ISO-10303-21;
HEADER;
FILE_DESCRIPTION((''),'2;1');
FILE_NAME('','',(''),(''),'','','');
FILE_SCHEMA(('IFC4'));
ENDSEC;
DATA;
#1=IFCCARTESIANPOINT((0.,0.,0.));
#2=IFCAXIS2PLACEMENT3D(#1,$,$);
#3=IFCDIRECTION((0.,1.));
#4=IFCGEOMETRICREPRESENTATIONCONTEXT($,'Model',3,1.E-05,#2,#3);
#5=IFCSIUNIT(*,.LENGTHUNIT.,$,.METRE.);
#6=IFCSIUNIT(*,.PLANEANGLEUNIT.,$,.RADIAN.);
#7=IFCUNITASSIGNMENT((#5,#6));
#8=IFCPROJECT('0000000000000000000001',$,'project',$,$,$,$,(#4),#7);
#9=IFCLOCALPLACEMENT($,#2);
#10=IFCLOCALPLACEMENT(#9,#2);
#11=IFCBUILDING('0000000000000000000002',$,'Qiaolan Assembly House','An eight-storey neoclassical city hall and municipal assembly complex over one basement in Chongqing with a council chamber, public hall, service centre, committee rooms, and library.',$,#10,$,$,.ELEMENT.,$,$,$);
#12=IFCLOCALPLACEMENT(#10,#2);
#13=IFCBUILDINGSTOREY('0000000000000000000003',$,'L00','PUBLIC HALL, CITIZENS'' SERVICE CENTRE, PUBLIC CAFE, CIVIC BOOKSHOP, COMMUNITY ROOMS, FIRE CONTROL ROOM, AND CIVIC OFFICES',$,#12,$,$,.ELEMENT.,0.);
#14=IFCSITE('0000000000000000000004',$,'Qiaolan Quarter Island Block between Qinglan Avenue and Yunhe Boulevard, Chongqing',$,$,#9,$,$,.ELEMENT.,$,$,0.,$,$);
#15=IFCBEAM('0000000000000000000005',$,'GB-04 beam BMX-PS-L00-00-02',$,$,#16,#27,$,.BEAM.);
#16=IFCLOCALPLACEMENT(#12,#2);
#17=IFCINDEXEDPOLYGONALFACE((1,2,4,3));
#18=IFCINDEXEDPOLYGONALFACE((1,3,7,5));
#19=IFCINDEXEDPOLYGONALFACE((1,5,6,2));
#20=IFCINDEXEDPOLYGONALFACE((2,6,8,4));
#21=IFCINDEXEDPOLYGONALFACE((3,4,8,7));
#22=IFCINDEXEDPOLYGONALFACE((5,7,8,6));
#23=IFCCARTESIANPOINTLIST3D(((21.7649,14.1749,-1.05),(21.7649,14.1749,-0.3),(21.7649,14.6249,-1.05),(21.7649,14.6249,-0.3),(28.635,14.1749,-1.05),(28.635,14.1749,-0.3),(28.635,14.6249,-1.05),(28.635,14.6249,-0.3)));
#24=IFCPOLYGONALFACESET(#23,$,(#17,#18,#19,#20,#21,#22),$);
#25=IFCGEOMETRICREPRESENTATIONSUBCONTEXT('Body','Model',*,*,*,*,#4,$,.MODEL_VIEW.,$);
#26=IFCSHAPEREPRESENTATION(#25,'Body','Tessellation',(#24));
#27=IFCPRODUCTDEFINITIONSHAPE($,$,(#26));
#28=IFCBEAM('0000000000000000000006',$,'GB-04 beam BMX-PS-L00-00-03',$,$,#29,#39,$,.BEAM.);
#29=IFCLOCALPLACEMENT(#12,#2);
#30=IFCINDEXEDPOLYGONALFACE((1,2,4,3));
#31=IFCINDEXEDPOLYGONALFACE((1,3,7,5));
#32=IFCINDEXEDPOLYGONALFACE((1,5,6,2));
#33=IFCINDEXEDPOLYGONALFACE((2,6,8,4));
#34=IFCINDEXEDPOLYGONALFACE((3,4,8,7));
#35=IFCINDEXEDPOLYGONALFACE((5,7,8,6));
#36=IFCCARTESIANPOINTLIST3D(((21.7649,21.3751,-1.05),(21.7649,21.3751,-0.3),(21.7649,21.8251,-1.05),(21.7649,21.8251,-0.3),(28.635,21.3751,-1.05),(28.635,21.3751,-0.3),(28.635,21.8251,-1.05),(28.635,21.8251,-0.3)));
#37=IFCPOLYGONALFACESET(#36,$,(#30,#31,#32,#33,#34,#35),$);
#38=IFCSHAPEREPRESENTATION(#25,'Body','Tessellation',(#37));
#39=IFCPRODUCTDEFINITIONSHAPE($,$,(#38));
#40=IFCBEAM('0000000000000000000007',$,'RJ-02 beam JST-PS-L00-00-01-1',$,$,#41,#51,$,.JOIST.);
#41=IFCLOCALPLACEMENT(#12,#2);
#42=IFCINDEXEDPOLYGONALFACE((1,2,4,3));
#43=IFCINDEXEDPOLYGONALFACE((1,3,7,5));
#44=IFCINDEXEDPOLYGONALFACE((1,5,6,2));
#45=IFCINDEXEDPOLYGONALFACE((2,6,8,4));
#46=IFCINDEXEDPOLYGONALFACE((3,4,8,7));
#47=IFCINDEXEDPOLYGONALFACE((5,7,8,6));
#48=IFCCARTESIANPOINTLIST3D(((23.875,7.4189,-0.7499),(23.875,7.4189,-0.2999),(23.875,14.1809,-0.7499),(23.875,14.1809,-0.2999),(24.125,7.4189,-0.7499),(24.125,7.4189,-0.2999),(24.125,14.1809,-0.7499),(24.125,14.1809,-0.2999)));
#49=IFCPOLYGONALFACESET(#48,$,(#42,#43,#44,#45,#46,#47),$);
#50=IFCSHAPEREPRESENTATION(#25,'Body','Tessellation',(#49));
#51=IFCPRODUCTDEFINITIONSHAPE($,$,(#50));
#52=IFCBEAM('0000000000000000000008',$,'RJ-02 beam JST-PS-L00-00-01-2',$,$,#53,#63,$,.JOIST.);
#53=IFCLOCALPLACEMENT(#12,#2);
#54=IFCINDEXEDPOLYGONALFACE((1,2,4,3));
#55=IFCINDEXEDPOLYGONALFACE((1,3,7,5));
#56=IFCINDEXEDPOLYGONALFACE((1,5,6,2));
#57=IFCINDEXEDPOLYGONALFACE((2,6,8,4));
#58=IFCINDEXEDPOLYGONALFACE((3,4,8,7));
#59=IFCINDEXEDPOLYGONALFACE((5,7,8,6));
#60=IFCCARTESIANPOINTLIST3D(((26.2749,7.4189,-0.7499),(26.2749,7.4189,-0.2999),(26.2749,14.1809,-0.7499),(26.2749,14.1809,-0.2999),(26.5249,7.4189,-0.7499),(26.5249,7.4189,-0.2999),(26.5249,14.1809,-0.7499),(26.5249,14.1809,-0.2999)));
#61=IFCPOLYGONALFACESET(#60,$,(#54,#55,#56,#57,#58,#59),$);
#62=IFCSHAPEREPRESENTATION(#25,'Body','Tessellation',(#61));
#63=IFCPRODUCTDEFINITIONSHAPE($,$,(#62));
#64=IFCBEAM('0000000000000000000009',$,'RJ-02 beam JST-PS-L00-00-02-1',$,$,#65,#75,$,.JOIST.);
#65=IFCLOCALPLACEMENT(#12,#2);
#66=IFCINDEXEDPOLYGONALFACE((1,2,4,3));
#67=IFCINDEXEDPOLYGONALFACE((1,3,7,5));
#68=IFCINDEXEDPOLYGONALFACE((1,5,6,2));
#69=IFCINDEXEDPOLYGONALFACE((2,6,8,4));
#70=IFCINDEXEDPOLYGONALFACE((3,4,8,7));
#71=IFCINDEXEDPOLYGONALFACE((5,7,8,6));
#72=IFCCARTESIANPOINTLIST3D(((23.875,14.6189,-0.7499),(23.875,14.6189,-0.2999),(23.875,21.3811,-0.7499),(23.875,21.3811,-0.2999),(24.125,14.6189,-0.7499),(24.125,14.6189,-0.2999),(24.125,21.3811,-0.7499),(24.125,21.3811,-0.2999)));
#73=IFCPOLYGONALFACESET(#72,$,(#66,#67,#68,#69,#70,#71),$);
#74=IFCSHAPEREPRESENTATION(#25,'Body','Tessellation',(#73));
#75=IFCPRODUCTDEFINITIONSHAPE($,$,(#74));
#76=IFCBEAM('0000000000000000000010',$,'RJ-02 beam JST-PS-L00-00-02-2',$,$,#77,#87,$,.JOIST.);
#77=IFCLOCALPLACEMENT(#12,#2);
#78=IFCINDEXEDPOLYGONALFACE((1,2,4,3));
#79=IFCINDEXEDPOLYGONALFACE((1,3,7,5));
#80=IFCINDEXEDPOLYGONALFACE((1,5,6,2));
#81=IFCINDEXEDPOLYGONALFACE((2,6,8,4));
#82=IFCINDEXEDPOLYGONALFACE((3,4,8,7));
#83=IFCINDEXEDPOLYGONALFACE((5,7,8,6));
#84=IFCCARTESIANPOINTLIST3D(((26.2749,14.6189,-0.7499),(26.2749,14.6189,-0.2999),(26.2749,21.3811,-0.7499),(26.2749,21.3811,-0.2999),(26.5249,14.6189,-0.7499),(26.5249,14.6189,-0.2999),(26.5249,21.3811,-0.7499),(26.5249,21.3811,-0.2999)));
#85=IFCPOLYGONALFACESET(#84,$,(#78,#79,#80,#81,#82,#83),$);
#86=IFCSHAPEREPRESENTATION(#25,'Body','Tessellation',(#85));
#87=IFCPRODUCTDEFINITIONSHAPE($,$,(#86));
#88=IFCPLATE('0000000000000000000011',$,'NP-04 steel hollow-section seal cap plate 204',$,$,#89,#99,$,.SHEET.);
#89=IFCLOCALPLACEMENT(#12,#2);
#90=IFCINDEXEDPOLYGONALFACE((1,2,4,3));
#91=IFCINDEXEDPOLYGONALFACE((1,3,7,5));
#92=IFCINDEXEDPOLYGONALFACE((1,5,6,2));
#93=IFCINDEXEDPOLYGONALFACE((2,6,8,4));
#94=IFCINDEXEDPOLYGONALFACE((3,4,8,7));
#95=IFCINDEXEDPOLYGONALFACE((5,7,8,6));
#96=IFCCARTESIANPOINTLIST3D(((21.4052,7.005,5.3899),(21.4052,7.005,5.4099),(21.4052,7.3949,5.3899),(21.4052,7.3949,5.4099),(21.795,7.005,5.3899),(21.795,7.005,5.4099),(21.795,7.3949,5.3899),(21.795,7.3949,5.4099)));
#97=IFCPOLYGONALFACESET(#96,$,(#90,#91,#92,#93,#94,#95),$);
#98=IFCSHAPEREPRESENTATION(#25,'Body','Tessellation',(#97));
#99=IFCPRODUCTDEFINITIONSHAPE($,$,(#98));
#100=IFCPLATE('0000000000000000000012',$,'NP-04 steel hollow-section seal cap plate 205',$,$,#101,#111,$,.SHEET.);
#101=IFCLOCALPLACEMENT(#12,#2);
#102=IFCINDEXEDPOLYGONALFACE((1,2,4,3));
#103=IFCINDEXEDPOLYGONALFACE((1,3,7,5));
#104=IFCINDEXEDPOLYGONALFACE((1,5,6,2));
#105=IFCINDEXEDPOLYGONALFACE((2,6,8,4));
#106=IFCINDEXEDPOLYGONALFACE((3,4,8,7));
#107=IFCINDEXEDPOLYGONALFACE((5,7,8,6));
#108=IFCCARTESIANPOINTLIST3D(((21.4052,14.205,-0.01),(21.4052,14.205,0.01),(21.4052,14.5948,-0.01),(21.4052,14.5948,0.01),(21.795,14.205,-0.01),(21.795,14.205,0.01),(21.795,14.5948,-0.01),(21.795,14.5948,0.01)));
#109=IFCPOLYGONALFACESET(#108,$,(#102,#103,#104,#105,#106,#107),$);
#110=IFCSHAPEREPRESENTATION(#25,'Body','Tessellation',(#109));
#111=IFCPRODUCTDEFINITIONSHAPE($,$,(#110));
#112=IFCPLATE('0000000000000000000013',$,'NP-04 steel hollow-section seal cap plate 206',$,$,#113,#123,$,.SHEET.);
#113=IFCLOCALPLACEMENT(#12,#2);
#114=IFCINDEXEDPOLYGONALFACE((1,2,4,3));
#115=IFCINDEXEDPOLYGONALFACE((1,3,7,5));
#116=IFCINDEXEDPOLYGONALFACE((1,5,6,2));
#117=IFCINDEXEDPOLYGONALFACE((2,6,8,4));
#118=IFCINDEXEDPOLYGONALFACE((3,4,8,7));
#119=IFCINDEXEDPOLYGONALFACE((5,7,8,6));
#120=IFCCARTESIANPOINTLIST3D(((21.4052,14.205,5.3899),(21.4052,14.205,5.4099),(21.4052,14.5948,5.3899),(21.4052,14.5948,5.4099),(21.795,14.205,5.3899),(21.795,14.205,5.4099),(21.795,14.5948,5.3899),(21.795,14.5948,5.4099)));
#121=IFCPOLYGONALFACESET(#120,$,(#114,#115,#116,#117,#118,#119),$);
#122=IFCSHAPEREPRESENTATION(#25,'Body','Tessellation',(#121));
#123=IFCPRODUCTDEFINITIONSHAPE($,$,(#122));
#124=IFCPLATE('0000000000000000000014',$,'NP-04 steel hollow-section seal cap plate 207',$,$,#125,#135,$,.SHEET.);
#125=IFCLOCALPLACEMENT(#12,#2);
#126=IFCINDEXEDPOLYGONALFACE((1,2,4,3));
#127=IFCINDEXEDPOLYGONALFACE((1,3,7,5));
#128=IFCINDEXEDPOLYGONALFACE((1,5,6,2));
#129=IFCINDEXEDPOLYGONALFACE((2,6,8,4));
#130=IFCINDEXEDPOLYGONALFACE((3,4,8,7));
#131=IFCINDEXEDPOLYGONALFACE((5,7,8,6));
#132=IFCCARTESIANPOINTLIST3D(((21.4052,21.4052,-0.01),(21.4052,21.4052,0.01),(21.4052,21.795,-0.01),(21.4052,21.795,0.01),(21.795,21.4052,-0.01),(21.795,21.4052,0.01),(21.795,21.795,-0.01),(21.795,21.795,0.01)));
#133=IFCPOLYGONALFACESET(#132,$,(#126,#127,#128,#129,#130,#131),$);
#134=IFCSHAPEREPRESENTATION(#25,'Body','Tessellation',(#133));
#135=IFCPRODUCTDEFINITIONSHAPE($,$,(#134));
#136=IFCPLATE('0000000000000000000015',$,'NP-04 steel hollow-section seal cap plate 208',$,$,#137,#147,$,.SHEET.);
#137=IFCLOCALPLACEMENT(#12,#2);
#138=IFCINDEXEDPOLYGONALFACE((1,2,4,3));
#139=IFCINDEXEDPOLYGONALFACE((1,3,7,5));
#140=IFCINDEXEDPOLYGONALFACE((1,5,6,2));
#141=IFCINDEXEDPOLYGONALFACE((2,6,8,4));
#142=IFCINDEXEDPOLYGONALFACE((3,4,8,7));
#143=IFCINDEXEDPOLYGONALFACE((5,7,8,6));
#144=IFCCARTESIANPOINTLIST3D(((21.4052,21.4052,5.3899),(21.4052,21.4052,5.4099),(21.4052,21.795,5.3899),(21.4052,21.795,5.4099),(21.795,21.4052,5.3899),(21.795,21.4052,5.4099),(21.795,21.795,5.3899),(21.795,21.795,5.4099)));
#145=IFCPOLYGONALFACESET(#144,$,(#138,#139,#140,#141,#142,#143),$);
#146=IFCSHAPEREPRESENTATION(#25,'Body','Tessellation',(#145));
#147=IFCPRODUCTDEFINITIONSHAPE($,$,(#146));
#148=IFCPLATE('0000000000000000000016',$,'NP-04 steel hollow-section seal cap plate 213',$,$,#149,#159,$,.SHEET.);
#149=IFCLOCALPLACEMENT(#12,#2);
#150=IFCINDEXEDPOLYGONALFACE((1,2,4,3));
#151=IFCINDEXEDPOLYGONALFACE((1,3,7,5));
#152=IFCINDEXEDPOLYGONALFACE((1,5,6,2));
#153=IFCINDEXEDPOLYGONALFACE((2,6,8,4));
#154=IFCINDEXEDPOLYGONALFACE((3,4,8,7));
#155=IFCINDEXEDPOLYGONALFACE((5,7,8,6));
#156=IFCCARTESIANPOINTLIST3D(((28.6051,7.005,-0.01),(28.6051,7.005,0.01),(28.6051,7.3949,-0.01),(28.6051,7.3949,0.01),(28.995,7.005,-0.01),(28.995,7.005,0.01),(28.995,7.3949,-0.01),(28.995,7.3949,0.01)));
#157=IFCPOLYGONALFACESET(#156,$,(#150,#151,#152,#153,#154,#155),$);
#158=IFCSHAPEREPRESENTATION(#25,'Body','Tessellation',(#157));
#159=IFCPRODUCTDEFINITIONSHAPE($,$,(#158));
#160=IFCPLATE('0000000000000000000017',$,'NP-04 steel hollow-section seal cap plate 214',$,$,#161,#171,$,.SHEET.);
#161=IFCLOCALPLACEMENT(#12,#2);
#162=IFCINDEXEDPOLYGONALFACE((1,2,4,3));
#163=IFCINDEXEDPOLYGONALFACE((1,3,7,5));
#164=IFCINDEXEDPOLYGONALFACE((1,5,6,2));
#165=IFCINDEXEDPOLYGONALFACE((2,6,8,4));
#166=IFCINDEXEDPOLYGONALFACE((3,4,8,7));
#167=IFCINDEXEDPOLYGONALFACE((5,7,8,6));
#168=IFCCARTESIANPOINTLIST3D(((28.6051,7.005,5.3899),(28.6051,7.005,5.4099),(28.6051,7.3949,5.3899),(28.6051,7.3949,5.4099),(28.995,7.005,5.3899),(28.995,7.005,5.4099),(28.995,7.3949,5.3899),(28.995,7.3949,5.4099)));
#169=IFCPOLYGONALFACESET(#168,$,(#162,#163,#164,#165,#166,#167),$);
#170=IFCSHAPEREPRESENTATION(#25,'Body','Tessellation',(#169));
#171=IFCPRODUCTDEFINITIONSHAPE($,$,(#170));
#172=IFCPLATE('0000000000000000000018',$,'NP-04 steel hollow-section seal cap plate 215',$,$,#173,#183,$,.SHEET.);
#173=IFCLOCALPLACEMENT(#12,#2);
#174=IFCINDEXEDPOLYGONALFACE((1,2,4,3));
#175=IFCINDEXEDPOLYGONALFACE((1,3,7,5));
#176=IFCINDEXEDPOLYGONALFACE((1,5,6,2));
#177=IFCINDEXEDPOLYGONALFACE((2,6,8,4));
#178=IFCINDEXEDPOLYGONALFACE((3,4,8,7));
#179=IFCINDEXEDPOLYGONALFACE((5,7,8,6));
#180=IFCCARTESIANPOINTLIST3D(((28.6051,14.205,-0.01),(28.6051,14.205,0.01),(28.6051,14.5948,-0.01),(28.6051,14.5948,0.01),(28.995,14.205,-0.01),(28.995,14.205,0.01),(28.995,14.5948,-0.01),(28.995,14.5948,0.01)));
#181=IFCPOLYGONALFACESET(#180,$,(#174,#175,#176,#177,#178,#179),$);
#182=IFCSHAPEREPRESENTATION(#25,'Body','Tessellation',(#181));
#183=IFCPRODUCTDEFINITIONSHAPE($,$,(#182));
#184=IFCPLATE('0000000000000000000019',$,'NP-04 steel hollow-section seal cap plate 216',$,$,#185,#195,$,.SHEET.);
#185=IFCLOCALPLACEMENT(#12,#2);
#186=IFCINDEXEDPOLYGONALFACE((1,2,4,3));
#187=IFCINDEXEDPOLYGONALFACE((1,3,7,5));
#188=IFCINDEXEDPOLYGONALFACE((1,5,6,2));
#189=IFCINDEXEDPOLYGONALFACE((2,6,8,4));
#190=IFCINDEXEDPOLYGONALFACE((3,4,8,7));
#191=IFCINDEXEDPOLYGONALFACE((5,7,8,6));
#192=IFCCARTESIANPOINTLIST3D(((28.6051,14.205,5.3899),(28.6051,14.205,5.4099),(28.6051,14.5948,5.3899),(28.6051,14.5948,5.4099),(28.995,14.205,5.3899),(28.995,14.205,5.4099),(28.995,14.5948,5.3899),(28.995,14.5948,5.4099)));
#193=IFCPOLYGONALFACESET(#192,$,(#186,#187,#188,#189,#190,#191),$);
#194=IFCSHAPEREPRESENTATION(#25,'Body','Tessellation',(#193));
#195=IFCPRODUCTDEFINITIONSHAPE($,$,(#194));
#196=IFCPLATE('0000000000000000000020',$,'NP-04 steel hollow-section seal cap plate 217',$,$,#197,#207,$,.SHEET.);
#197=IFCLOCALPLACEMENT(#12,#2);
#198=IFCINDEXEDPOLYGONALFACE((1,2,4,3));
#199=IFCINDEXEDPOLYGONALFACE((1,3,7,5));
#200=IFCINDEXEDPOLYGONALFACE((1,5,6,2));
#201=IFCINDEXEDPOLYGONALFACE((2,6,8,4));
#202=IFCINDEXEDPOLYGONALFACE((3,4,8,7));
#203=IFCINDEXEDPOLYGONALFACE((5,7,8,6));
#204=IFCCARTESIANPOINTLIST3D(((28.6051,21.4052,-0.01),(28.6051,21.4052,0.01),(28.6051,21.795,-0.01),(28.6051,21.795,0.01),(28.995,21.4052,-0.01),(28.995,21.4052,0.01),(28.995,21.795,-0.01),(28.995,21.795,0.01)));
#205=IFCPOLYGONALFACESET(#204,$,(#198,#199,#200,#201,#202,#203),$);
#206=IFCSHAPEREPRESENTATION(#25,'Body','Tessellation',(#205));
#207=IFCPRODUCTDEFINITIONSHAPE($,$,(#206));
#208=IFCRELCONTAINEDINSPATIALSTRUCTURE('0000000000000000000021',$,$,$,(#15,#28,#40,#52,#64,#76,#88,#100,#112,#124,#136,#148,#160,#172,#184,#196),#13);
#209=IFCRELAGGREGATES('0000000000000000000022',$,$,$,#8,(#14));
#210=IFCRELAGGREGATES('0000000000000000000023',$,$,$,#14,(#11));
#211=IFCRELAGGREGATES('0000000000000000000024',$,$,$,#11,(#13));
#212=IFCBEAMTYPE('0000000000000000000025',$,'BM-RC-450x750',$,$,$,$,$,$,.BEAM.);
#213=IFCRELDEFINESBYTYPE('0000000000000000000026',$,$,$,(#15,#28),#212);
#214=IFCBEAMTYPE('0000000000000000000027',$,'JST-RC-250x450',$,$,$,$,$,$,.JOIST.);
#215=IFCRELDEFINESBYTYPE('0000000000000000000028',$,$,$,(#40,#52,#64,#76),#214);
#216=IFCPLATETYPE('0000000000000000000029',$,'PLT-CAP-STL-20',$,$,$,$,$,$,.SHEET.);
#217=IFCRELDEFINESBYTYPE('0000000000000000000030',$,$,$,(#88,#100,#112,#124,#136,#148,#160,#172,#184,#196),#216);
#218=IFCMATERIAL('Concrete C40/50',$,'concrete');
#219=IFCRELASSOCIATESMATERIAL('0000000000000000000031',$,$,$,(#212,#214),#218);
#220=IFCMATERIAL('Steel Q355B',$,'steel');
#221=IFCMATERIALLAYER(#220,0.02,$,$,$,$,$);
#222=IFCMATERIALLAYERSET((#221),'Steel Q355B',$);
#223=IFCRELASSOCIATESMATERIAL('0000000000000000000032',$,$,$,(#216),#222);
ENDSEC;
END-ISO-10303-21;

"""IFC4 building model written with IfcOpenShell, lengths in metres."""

from ifc_helpers import new_model, si_unit, direction, frame, origin, origin_2d, place, context, subcontext, project, spatial, rectangle, extrude, material, layer, layer_set, material_profile, profile_set, type_object, element, save


model = new_model("IFC4")

# Units and contexts
model_context = context("Model", 3, precision=1e-05, world=origin(), true_north=direction((0.0, 1.0)))
body_context = subcontext(model_context, "Body", "Model", "MODEL_VIEW")
ifc_project = project(units=[si_unit("LENGTHUNIT", "METRE"), si_unit("PLANEANGLEUNIT", "RADIAN")], contexts=[model_context])

# Site, building, storey
site_placement = place(None, origin())
site = spatial("IfcSite", under=ifc_project, at=site_placement, Name="Qiaolan Quarter Island Block between Qinglan Avenue and Yunhe Boulevard, Chongqing", CompositionType="ELEMENT", RefElevation=0.0)
building_placement = place(site_placement, origin())
building = spatial("IfcBuilding", under=site, at=building_placement, Name="Qiaolan Assembly House", Description="An eight-storey neoclassical city hall and municipal assembly complex over one basement in Chongqing with a council chamber, public hall, service centre, committee rooms, and library.", CompositionType="ELEMENT")
storey_placement = place(building_placement, origin())
storey = spatial("IfcBuildingStorey", under=building, at=storey_placement, Name="L00", Description="PUBLIC HALL, CITIZENS' SERVICE CENTRE, PUBLIC CAFE, CIVIC BOOKSHOP, COMMUNITY ROOMS, FIRE CONTROL ROOM, AND CIVIC OFFICES", CompositionType="ELEMENT", Elevation=0.0)

# Shared definitions
ifc_material_1 = material(Name="Steel Q355B", Category="steel")

# Beams
ifc_material_2 = material(Name="Concrete C40/50", Category="concrete")
ifc_material_profile_1 = material_profile(ifc_material_2, rectangle(XDim=0.45, YDim=0.75, at=origin_2d()), Name="RCB 450x750")
ifc_profile_set_1 = profile_set([ifc_material_profile_1], Name="Concrete C40/50")
beam_type_1 = type_object("IfcBeamType", Name="BM-RC-450x750", PredefinedType="BEAM", material=ifc_profile_set_1)
for number, where, z_axis, x_axis, name in (
    (1, (21.7649, 14.3999, -0.675), (1.0, 0.0, 0.0), (0.0, 1.0, 0.0), "GB-04 beam BMX-PS-L00-00-02"),
    (2, (21.7649, 21.6001, -0.675), (1.0, 0.0, 0.0), (0.0, 1.0, 0.0), "GB-04 beam BMX-PS-L00-00-03"),
):
    element("IfcBeam", number, at=place(storey_placement, frame(where, z_axis=z_axis, x_axis=x_axis)), inside=storey, type_object=beam_type_1, Name=name, PredefinedType="BEAM", context=body_context, shape_type="SweptSolid", body=[
        extrude(rectangle(XDim=0.45, YDim=0.75, at=origin_2d()), origin(), (0.0, 0.0, 1.0), 6.8701),
    ])
ifc_material_profile_2 = material_profile(ifc_material_2, rectangle(XDim=0.25, YDim=0.45, at=origin_2d()), Name="RCB 250x450")
ifc_profile_set_2 = profile_set([ifc_material_profile_2], Name="Concrete C40/50")
beam_type_2 = type_object("IfcBeamType", Name="JST-RC-250x450", PredefinedType="JOIST", material=ifc_profile_set_2)
for number, where, z_axis, x_axis, name in (
    (3, (24.0, 7.4189, -0.5249), (0.0, 1.0, 0.0), (-1.0, 0.0, 0.0), "RJ-02 beam JST-PS-L00-00-01-1"),
    (4, (26.3999, 7.4189, -0.5249), (0.0, 1.0, 0.0), (-1.0, 0.0, 0.0), "RJ-02 beam JST-PS-L00-00-01-2"),
):
    element("IfcBeam", number, at=place(storey_placement, frame(where, z_axis=z_axis, x_axis=x_axis)), inside=storey, type_object=beam_type_2, Name=name, PredefinedType="JOIST", context=body_context, shape_type="SweptSolid", body=[
        extrude(rectangle(XDim=0.25, YDim=0.45, at=origin_2d()), origin(), (0.0, 0.0, 1.0), 6.762),
    ])
for number, where, z_axis, x_axis, name in (
    (5, (24.0, 14.6189, -0.5249), (0.0, 1.0, 0.0), (-1.0, 0.0, 0.0), "RJ-02 beam JST-PS-L00-00-02-1"),
    (6, (26.3999, 14.6189, -0.5249), (0.0, 1.0, 0.0), (-1.0, 0.0, 0.0), "RJ-02 beam JST-PS-L00-00-02-2"),
):
    element("IfcBeam", number, at=place(storey_placement, frame(where, z_axis=z_axis, x_axis=x_axis)), inside=storey, type_object=beam_type_2, Name=name, PredefinedType="JOIST", context=body_context, shape_type="SweptSolid", body=[
        extrude(rectangle(XDim=0.25, YDim=0.45, at=origin_2d()), origin(), (0.0, 0.0, 1.0), 6.7622),
    ])

# Plates
ifc_layer = layer(ifc_material_1, 0.02)
ifc_layer_set = layer_set([ifc_layer], Name="Steel Q355B")
plate_type = type_object("IfcPlateType", Name="PLT-CAP-STL-20", PredefinedType="SHEET", material=ifc_layer_set)
for number, where, z_axis, x_axis, name in (
    (7, (21.6001, 7.2, 5.3899), (0.0, 0.0, 1.0), (1.0, 0.0, 0.0), "NP-04 steel hollow-section seal cap plate 204"),
    (8, (21.6001, 14.3999, -0.01), (0.0, 0.0, 1.0), (1.0, 0.0, 0.0), "NP-04 steel hollow-section seal cap plate 205"),
    (9, (21.6001, 14.3999, 5.3899), (0.0, 0.0, 1.0), (1.0, 0.0, 0.0), "NP-04 steel hollow-section seal cap plate 206"),
    (10, (21.6001, 21.6001, -0.01), (0.0, 0.0, 1.0), (1.0, 0.0, 0.0), "NP-04 steel hollow-section seal cap plate 207"),
    (11, (21.6001, 21.6001, 5.3899), (0.0, 0.0, 1.0), (1.0, 0.0, 0.0), "NP-04 steel hollow-section seal cap plate 208"),
    (12, (28.8, 7.2, -0.01), (0.0, 0.0, 1.0), (1.0, 0.0, 0.0), "NP-04 steel hollow-section seal cap plate 213"),
    (13, (28.8, 7.2, 5.3899), (0.0, 0.0, 1.0), (1.0, 0.0, 0.0), "NP-04 steel hollow-section seal cap plate 214"),
    (14, (28.8, 14.3999, -0.01), (0.0, 0.0, 1.0), (1.0, 0.0, 0.0), "NP-04 steel hollow-section seal cap plate 215"),
    (15, (28.8, 14.3999, 5.3899), (0.0, 0.0, 1.0), (1.0, 0.0, 0.0), "NP-04 steel hollow-section seal cap plate 216"),
    (16, (28.8, 21.6001, -0.01), (0.0, 0.0, 1.0), (1.0, 0.0, 0.0), "NP-04 steel hollow-section seal cap plate 217"),
):
    element("IfcPlate", number, at=place(storey_placement, frame(where, z_axis=z_axis, x_axis=x_axis)), inside=storey, type_object=plate_type, Name=name, PredefinedType="SHEET", context=body_context, shape_type="SweptSolid", body=[
        extrude(rectangle(XDim=0.3899, YDim=0.3899, at=origin_2d()), origin(), (0.0, 0.0, 1.0), 0.02),
    ])

save(model, "model.ifc")
